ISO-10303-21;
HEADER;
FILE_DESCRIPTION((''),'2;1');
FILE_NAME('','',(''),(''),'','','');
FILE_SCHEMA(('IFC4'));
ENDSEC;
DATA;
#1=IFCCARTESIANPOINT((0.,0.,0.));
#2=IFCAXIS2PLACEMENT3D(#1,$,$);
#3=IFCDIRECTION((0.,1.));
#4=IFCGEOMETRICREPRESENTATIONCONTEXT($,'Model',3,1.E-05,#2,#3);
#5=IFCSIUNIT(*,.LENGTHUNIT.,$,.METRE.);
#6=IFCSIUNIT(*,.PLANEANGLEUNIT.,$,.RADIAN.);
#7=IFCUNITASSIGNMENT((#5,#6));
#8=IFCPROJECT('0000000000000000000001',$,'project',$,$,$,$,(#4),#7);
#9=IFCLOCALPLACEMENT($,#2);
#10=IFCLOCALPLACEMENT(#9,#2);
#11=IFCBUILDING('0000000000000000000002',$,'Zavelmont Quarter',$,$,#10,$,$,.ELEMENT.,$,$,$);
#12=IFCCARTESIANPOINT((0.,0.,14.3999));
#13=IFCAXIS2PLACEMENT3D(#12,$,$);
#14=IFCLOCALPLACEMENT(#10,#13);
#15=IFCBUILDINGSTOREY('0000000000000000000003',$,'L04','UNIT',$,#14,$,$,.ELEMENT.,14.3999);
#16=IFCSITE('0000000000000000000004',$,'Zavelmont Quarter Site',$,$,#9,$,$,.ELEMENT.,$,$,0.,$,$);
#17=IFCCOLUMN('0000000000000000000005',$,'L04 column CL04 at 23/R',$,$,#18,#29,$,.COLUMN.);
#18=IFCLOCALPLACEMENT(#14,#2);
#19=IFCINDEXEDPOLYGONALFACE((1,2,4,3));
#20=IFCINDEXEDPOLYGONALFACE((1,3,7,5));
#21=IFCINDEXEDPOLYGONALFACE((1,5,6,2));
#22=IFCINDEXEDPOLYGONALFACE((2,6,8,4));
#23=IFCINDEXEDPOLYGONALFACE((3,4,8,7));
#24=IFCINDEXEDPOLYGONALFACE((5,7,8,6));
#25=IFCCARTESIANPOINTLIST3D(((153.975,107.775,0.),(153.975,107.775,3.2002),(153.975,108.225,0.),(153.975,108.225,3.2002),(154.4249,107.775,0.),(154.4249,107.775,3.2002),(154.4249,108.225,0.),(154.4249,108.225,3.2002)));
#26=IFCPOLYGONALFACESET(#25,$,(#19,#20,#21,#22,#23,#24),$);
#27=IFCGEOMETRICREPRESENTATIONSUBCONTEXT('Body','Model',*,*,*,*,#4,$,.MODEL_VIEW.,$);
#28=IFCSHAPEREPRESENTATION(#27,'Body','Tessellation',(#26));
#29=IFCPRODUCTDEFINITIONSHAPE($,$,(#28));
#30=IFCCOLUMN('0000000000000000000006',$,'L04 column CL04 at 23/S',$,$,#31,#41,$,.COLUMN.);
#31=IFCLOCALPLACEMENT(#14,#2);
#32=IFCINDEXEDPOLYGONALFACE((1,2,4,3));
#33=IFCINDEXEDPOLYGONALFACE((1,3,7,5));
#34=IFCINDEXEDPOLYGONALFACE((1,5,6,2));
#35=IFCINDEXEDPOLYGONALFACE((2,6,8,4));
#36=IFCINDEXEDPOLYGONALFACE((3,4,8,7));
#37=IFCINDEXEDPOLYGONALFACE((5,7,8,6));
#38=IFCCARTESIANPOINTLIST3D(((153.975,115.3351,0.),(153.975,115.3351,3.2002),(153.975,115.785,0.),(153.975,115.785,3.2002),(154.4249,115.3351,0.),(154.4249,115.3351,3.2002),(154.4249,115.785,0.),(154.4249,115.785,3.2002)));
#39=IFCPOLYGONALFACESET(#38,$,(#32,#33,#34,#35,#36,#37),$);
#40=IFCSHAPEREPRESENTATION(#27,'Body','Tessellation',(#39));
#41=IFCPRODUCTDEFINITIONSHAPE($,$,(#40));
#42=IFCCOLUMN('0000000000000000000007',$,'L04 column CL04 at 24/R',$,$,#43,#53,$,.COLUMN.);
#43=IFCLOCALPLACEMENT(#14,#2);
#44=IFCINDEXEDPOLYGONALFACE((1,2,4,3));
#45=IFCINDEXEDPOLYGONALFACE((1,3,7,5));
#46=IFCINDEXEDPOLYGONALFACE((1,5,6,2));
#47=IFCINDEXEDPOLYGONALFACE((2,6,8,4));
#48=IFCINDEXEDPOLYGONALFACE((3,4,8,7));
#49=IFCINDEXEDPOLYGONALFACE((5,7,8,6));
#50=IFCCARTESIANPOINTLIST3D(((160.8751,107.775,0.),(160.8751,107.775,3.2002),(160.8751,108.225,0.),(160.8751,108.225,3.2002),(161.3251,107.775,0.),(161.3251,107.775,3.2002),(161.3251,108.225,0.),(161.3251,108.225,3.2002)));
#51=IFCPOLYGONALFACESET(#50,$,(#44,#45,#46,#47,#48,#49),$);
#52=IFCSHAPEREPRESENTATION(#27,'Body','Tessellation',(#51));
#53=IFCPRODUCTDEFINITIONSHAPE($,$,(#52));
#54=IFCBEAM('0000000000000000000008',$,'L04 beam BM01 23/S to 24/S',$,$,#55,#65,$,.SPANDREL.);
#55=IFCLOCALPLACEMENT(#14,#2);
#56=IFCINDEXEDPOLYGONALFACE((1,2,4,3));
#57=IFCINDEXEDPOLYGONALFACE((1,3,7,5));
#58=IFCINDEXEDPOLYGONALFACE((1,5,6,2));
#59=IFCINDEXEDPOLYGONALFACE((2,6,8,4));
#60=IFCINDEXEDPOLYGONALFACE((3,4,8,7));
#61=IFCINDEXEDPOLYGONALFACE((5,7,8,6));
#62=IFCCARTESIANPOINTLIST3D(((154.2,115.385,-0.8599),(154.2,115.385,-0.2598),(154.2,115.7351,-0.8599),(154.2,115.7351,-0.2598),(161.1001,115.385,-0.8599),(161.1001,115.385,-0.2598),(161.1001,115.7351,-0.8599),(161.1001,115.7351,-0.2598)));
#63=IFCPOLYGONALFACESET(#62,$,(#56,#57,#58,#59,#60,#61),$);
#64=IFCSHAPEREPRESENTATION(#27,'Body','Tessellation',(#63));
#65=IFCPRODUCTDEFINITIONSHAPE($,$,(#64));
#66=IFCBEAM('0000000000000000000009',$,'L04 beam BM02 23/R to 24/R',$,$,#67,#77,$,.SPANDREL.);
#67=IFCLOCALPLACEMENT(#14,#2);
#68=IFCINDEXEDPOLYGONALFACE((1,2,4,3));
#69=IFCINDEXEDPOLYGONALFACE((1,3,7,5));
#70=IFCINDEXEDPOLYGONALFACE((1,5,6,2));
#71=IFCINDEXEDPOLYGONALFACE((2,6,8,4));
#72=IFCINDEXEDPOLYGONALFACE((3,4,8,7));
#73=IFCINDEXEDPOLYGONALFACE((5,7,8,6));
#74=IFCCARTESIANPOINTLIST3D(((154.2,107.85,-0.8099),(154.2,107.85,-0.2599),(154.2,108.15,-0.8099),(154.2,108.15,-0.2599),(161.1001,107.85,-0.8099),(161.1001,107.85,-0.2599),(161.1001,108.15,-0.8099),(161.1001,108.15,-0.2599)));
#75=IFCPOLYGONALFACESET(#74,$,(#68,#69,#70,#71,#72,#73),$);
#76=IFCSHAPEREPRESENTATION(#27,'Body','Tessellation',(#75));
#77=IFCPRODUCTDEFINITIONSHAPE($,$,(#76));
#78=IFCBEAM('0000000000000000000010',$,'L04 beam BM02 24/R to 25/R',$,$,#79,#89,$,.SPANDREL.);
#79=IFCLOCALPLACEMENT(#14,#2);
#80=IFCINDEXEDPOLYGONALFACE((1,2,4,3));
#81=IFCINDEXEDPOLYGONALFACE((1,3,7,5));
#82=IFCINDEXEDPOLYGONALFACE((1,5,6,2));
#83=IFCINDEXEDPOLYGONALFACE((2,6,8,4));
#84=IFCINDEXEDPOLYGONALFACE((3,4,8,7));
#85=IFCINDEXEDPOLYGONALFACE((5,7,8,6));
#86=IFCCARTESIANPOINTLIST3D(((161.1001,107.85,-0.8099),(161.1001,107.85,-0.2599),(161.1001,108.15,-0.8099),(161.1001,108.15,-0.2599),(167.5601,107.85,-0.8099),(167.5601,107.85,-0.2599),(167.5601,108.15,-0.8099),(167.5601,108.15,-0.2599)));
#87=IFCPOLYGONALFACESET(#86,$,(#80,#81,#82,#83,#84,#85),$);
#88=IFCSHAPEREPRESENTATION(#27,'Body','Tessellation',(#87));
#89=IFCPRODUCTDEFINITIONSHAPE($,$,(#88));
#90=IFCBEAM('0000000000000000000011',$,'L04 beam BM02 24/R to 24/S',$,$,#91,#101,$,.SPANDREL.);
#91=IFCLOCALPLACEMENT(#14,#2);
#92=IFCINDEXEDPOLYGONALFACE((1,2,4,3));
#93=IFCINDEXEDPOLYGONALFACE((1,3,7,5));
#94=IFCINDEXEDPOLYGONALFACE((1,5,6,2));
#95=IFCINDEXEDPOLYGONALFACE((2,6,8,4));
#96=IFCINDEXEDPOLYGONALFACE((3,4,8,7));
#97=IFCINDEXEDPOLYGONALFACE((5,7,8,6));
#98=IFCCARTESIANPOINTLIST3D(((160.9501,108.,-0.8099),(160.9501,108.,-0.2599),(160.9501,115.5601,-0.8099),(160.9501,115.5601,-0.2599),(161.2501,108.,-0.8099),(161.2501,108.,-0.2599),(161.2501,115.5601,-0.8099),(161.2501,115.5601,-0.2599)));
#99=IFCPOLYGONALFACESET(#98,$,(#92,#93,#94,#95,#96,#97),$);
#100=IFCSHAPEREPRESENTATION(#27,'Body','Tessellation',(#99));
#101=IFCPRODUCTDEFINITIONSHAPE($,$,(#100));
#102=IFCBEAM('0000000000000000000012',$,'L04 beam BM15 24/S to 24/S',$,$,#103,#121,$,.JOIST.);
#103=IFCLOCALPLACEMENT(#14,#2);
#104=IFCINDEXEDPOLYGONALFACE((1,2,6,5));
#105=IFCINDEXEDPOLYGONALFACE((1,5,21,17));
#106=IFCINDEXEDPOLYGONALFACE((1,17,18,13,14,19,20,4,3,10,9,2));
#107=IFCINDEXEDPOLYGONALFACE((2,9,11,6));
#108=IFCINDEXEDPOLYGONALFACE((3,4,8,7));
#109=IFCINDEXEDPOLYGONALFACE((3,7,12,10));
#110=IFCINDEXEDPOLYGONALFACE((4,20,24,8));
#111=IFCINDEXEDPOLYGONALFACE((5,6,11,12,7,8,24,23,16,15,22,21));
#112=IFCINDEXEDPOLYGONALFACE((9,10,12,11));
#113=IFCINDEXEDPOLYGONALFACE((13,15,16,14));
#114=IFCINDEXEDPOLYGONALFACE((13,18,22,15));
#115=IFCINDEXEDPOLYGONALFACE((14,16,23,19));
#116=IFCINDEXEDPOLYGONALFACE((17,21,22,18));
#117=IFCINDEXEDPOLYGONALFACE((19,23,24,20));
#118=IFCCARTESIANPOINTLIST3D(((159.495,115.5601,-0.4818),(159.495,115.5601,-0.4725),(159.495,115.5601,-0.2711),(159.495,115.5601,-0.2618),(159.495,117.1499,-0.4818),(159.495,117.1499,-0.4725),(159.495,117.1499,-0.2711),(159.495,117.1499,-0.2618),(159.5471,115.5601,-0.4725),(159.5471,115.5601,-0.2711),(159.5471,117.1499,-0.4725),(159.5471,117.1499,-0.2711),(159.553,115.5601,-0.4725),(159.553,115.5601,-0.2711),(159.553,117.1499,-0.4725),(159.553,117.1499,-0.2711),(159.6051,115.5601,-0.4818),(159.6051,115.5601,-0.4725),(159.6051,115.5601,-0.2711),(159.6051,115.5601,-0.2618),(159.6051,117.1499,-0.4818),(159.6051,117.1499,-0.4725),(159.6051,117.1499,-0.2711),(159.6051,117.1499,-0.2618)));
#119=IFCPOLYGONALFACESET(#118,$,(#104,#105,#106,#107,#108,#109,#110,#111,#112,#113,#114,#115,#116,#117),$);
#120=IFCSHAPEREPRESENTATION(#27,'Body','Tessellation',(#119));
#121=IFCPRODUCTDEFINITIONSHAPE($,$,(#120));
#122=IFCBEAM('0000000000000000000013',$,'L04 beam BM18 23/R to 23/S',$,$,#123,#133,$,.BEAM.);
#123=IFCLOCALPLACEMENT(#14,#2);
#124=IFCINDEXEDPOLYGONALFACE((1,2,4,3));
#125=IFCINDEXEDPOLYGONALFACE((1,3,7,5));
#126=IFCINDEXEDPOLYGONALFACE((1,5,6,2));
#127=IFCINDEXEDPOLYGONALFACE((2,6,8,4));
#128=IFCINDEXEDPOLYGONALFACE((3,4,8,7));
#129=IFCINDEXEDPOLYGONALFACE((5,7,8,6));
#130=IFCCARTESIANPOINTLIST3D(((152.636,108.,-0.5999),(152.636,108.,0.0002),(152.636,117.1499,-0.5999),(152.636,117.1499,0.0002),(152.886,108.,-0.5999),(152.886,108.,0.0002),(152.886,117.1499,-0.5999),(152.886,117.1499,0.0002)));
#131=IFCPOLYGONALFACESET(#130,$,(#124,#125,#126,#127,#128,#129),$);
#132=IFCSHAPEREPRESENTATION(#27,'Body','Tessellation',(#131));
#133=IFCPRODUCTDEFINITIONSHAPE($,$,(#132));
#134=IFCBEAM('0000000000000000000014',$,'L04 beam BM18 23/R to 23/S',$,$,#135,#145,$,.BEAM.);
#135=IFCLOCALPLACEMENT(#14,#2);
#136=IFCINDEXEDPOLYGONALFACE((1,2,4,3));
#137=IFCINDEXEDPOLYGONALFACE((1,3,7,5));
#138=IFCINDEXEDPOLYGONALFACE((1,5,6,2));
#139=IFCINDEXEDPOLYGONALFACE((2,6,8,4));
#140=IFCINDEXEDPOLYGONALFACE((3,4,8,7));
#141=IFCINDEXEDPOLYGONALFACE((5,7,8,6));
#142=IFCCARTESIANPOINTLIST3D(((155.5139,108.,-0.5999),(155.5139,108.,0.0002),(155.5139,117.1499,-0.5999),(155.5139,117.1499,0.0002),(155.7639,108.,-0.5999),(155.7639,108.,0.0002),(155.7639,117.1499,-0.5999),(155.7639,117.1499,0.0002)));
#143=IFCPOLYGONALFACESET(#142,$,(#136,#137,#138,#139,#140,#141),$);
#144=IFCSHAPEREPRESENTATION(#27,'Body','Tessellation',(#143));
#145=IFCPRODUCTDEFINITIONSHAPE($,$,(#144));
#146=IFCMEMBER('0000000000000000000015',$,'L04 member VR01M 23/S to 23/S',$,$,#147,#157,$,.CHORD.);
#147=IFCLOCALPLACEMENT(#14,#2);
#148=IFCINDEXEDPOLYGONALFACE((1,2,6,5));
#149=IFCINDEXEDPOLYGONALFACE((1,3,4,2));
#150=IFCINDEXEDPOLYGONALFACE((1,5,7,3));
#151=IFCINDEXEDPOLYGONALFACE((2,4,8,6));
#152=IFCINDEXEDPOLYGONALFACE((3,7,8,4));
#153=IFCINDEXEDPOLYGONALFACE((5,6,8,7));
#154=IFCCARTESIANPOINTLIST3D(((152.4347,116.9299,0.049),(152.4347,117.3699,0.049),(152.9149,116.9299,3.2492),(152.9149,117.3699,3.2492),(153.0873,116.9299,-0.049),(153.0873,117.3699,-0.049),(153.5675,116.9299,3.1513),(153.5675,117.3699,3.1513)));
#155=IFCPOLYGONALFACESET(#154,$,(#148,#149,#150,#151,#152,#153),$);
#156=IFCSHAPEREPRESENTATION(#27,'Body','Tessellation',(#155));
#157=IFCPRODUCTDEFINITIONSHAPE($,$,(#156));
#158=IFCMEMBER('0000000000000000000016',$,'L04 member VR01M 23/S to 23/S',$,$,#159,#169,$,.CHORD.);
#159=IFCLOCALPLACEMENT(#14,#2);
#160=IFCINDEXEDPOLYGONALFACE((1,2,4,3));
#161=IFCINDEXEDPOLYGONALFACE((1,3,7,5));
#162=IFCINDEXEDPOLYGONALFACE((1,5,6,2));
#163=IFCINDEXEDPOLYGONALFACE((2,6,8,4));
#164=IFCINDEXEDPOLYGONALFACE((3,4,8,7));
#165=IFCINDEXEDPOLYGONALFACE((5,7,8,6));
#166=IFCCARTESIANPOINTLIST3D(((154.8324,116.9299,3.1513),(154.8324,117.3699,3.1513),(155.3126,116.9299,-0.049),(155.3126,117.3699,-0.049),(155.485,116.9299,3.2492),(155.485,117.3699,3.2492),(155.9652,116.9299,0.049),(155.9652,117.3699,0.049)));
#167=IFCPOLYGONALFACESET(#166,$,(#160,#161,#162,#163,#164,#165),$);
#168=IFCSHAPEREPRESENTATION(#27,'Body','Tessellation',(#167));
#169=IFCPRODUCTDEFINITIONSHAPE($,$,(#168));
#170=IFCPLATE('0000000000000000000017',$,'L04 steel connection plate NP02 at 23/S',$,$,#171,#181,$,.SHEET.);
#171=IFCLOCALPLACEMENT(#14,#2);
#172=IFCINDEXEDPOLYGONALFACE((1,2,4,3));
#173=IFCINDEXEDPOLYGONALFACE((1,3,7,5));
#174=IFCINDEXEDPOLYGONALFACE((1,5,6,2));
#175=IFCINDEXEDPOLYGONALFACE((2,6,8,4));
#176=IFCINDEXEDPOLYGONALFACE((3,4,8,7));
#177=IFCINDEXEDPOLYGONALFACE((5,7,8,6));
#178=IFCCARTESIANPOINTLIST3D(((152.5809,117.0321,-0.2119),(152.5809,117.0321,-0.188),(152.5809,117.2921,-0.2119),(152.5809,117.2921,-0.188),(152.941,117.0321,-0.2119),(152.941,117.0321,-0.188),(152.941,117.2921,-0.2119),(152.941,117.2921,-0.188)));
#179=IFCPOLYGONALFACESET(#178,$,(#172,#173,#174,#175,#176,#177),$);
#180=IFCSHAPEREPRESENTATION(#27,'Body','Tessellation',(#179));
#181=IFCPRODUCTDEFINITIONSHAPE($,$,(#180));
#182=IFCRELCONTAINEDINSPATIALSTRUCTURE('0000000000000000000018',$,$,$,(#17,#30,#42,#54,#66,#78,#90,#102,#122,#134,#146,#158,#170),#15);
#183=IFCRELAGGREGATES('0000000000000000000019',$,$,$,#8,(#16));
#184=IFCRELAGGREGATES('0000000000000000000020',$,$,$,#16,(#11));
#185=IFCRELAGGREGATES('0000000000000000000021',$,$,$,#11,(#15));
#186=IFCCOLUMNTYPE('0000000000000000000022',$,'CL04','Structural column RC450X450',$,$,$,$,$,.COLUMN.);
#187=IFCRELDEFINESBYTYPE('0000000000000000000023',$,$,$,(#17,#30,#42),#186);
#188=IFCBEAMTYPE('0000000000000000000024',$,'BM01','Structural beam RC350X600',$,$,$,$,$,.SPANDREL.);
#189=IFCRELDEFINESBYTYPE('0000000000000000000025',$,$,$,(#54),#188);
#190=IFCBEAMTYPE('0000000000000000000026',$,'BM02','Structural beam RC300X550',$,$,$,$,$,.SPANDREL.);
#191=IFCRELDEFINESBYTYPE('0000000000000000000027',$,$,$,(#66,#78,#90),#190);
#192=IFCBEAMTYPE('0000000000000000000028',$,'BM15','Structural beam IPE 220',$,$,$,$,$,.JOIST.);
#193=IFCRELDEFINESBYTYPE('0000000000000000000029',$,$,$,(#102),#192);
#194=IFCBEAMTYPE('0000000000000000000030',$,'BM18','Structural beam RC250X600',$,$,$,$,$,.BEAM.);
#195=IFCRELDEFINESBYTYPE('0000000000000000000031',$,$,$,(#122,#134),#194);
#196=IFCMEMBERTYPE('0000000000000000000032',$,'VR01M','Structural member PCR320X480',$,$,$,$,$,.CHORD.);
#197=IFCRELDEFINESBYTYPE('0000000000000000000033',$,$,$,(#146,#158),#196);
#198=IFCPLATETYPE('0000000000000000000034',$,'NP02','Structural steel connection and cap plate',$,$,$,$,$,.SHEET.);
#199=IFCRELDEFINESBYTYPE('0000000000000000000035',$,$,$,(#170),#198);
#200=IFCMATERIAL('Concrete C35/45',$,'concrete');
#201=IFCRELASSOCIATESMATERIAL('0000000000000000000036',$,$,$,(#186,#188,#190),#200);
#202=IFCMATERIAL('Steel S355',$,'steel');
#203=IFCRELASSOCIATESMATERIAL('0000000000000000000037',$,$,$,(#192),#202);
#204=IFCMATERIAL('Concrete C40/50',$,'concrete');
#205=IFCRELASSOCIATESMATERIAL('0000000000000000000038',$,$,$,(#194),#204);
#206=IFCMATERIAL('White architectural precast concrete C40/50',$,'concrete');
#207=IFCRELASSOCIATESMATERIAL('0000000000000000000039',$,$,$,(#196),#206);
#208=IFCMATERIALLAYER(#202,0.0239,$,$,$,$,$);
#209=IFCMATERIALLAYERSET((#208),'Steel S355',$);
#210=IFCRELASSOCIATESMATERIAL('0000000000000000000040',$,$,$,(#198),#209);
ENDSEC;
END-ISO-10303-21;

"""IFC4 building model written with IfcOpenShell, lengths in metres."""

from ifc_helpers import new_model, si_unit, direction, frame, origin, origin_2d, place, context, subcontext, project, spatial, rectangle, i_section, extrude, material, layer, layer_set, material_profile, profile_set, type_object, element, save


model = new_model("IFC4")

# Units and contexts
model_context = context("Model", 3, precision=1e-05, world=origin(), true_north=direction((0.0, 1.0)))
body_context = subcontext(model_context, "Body", "Model", "MODEL_VIEW")
ifc_project = project(units=[si_unit("LENGTHUNIT", "METRE"), si_unit("PLANEANGLEUNIT", "RADIAN")], contexts=[model_context])

# Site, building, storey
site_placement = place(None, origin())
site = spatial("IfcSite", under=ifc_project, at=site_placement, Name="Zavelmont Quarter Site", CompositionType="ELEMENT", RefElevation=0.0)
building_placement = place(site_placement, origin())
building = spatial("IfcBuilding", under=site, at=building_placement, Name="Zavelmont Quarter", CompositionType="ELEMENT")
storey_placement = place(building_placement, frame((0.0, 0.0, 14.3999)))
storey = spatial("IfcBuildingStorey", under=building, at=storey_placement, Name="L04", Description="UNIT", CompositionType="ELEMENT", Elevation=14.3999)

# Columns
ifc_material_1 = material(Name="Concrete C35/45", Category="concrete")
ifc_material_profile_1 = material_profile(ifc_material_1, rectangle(XDim=0.45, YDim=0.45, at=origin_2d()), Name="RC450X450")
ifc_profile_set_1 = profile_set([ifc_material_profile_1], Name="Concrete C35/45")
column_type = type_object("IfcColumnType", Name="CL04", Description="Structural column RC450X450", PredefinedType="COLUMN", material=ifc_profile_set_1)
for number, where, z_axis, x_axis, name in (
    (1, (154.2, 108.0, 0.0), (0.0, 0.0, 1.0), (1.0, 0.0, 0.0), "L04 column CL04 at 23/R"),
    (2, (154.2, 115.5601, 0.0), (0.0, 0.0, 1.0), (1.0, 0.0, 0.0), "L04 column CL04 at 23/S"),
    (3, (161.1001, 108.0, 0.0), (0.0, 0.0, 1.0), (1.0, 0.0, 0.0), "L04 column CL04 at 24/R"),
):
    element("IfcColumn", number, at=place(storey_placement, frame(where, z_axis=z_axis, x_axis=x_axis)), inside=storey, type_object=column_type, Name=name, PredefinedType="COLUMN", context=body_context, shape_type="SweptSolid", body=[
        extrude(rectangle(XDim=0.45, YDim=0.45, at=origin_2d()), origin(), (0.0, 0.0, 1.0), 3.2002),
    ])

# Beams
ifc_material_profile_2 = material_profile(ifc_material_1, rectangle(XDim=0.3501, YDim=0.6001, at=origin_2d()), Name="RC350X600")
ifc_profile_set_2 = profile_set([ifc_material_profile_2], Name="Concrete C35/45")
beam_type_1 = type_object("IfcBeamType", Name="BM01", Description="Structural beam RC350X600", PredefinedType="SPANDREL", material=ifc_profile_set_2)
beam_1_placement = place(storey_placement, frame((154.2, 115.5601, -0.5598), z_axis=(1.0, 0.0, 0.0), x_axis=(0.0, 1.0, 0.0)))
element("IfcBeam", 4, at=beam_1_placement, inside=storey, type_object=beam_type_1, Name="L04 beam BM01 23/S to 24/S", PredefinedType="SPANDREL", context=body_context, shape_type="SweptSolid", body=[
    extrude(rectangle(XDim=0.3501, YDim=0.6001, at=origin_2d()), origin(), (0.0, 0.0, 1.0), 6.9001),
])
ifc_material_profile_3 = material_profile(ifc_material_1, rectangle(XDim=0.3, YDim=0.55, at=origin_2d()), Name="RC300X550")
ifc_profile_set_3 = profile_set([ifc_material_profile_3], Name="Concrete C35/45")
beam_type_2 = type_object("IfcBeamType", Name="BM02", Description="Structural beam RC300X550", PredefinedType="SPANDREL", material=ifc_profile_set_3)
beam_2_placement = place(storey_placement, frame((154.2, 108.0, -0.5349), z_axis=(1.0, 0.0, 0.0), x_axis=(0.0, 1.0, 0.0)))
element("IfcBeam", 5, at=beam_2_placement, inside=storey, type_object=beam_type_2, Name="L04 beam BM02 23/R to 24/R", PredefinedType="SPANDREL", context=body_context, shape_type="SweptSolid", body=[
    extrude(rectangle(XDim=0.3, YDim=0.55, at=origin_2d()), origin(), (0.0, 0.0, 1.0), 6.9001),
])
beam_3_placement = place(storey_placement, frame((161.1001, 108.0, -0.5349), z_axis=(1.0, 0.0, 0.0), x_axis=(0.0, 1.0, 0.0)))
element("IfcBeam", 6, at=beam_3_placement, inside=storey, type_object=beam_type_2, Name="L04 beam BM02 24/R to 25/R", PredefinedType="SPANDREL", context=body_context, shape_type="SweptSolid", body=[
    extrude(rectangle(XDim=0.3, YDim=0.55, at=origin_2d()), origin(), (0.0, 0.0, 1.0), 6.46),
])
beam_4_placement = place(storey_placement, frame((161.1001, 108.0, -0.5349), z_axis=(0.0, 1.0, 0.0), x_axis=(-1.0, 0.0, 0.0)))
element("IfcBeam", 7, at=beam_4_placement, inside=storey, type_object=beam_type_2, Name="L04 beam BM02 24/R to 24/S", PredefinedType="SPANDREL", context=body_context, shape_type="SweptSolid", body=[
    extrude(rectangle(XDim=0.3, YDim=0.55, at=origin_2d()), origin(), (0.0, 0.0, 1.0), 7.5601),
])
ifc_material_2 = material(Name="Steel S355", Category="steel")
ifc_material_profile_4 = material_profile(ifc_material_2, i_section(OverallWidth=0.1101, OverallDepth=0.22, WebThickness=0.0059, FlangeThickness=0.0093, at=origin_2d()), Name="IPE 220")
ifc_profile_set_4 = profile_set([ifc_material_profile_4], Name="Steel S355")
beam_type_3 = type_object("IfcBeamType", Name="BM15", Description="Structural beam IPE 220", PredefinedType="JOIST", material=ifc_profile_set_4)
beam_5_placement = place(storey_placement, frame((159.55, 115.5601, -0.3718), z_axis=(0.0, 1.0, 0.0), x_axis=(-1.0, 0.0, 0.0)))
element("IfcBeam", 8, at=beam_5_placement, inside=storey, type_object=beam_type_3, Name="L04 beam BM15 24/S to 24/S", PredefinedType="JOIST", context=body_context, shape_type="SweptSolid", body=[
    extrude(i_section(OverallWidth=0.1101, OverallDepth=0.22, WebThickness=0.0059, FlangeThickness=0.0093, at=origin_2d()), origin(), (0.0, 0.0, 1.0), 1.5898),
])
ifc_material_3 = material(Name="Concrete C40/50", Category="concrete")
ifc_material_profile_5 = material_profile(ifc_material_3, rectangle(XDim=0.25, YDim=0.6001, at=origin_2d()), Name="RC250X600")
ifc_profile_set_5 = profile_set([ifc_material_profile_5], Name="Concrete C40/50")
beam_type_4 = type_object("IfcBeamType", Name="BM18", Description="Structural beam RC250X600", PredefinedType="BEAM", material=ifc_profile_set_5)
for number, where, z_axis, x_axis, name in (
    (9, (152.761, 108.0, -0.2998), (0.0, 1.0, 0.0), (-1.0, 0.0, 0.0), "L04 beam BM18 23/R to 23/S"),
    (10, (155.6389, 108.0, -0.2998), (0.0, 1.0, 0.0), (-1.0, 0.0, 0.0), "L04 beam BM18 23/R to 23/S"),
):
    element("IfcBeam", number, at=place(storey_placement, frame(where, z_axis=z_axis, x_axis=x_axis)), inside=storey, type_object=beam_type_4, Name=name, PredefinedType="BEAM", context=body_context, shape_type="SweptSolid", body=[
        extrude(rectangle(XDim=0.25, YDim=0.6001, at=origin_2d()), origin(), (0.0, 0.0, 1.0), 9.1499),
    ])

# Members
ifc_material_4 = material(Name="White architectural precast concrete C40/50", Category="concrete")
ifc_material_profile_6 = material_profile(ifc_material_4, rectangle(XDim=0.4399, YDim=0.6599, at=origin_2d()), Name="PCR320X480")
ifc_profile_set_6 = profile_set([ifc_material_profile_6], Name="White architectural precast concrete C40/50")
member_type = type_object("IfcMemberType", Name="VR01M", Description="Structural member PCR320X480", PredefinedType="CHORD", material=ifc_profile_set_6)
for number, where, z_axis, x_axis, name in (
    (11, (152.761, 117.1499, 0.0), (0.148399, 0.0, 0.988927), (0.0, 1.0, 0.0), "L04 member VR01M 23/S to 23/S"),
    (12, (155.6389, 117.1499, 0.0), (-0.148399, 0.0, 0.988927), (0.0, -1.0, 0.0), "L04 member VR01M 23/S to 23/S"),
):
    element("IfcMember", number, at=place(storey_placement, frame(where, z_axis=z_axis, x_axis=x_axis)), inside=storey, type_object=member_type, Name=name, PredefinedType="CHORD", context=body_context, shape_type="SweptSolid", body=[
        extrude(rectangle(XDim=0.4399, YDim=0.6599, at=origin_2d()), origin(), (0.0, 0.0, 1.0), 3.2361),
    ])

# Plate
ifc_layer_1 = layer(ifc_material_2, 0.0239)
ifc_layer_set_1 = layer_set([ifc_layer_1], Name="Steel S355")
plate_type_1 = type_object("IfcPlateType", Name="NP02", Description="Structural steel connection and cap plate", PredefinedType="SHEET", material=ifc_layer_set_1)
plate_1_placement = place(storey_placement, frame((152.761, 117.1621, -0.2119), z_axis=(0.0, 0.0, 1.0), x_axis=(1.0, 0.0, 0.0)))
element("IfcPlate", 13, at=plate_1_placement, inside=storey, type_object=plate_type_1, Name="L04 steel connection plate NP02 at 23/S", PredefinedType="SHEET", context=body_context, shape_type="SweptSolid", body=[
    extrude(rectangle(XDim=0.3601, YDim=0.26, at=origin_2d()), origin(), (0.0, 0.0, 1.0), 0.0239),
])

save(model, "model.ifc")
